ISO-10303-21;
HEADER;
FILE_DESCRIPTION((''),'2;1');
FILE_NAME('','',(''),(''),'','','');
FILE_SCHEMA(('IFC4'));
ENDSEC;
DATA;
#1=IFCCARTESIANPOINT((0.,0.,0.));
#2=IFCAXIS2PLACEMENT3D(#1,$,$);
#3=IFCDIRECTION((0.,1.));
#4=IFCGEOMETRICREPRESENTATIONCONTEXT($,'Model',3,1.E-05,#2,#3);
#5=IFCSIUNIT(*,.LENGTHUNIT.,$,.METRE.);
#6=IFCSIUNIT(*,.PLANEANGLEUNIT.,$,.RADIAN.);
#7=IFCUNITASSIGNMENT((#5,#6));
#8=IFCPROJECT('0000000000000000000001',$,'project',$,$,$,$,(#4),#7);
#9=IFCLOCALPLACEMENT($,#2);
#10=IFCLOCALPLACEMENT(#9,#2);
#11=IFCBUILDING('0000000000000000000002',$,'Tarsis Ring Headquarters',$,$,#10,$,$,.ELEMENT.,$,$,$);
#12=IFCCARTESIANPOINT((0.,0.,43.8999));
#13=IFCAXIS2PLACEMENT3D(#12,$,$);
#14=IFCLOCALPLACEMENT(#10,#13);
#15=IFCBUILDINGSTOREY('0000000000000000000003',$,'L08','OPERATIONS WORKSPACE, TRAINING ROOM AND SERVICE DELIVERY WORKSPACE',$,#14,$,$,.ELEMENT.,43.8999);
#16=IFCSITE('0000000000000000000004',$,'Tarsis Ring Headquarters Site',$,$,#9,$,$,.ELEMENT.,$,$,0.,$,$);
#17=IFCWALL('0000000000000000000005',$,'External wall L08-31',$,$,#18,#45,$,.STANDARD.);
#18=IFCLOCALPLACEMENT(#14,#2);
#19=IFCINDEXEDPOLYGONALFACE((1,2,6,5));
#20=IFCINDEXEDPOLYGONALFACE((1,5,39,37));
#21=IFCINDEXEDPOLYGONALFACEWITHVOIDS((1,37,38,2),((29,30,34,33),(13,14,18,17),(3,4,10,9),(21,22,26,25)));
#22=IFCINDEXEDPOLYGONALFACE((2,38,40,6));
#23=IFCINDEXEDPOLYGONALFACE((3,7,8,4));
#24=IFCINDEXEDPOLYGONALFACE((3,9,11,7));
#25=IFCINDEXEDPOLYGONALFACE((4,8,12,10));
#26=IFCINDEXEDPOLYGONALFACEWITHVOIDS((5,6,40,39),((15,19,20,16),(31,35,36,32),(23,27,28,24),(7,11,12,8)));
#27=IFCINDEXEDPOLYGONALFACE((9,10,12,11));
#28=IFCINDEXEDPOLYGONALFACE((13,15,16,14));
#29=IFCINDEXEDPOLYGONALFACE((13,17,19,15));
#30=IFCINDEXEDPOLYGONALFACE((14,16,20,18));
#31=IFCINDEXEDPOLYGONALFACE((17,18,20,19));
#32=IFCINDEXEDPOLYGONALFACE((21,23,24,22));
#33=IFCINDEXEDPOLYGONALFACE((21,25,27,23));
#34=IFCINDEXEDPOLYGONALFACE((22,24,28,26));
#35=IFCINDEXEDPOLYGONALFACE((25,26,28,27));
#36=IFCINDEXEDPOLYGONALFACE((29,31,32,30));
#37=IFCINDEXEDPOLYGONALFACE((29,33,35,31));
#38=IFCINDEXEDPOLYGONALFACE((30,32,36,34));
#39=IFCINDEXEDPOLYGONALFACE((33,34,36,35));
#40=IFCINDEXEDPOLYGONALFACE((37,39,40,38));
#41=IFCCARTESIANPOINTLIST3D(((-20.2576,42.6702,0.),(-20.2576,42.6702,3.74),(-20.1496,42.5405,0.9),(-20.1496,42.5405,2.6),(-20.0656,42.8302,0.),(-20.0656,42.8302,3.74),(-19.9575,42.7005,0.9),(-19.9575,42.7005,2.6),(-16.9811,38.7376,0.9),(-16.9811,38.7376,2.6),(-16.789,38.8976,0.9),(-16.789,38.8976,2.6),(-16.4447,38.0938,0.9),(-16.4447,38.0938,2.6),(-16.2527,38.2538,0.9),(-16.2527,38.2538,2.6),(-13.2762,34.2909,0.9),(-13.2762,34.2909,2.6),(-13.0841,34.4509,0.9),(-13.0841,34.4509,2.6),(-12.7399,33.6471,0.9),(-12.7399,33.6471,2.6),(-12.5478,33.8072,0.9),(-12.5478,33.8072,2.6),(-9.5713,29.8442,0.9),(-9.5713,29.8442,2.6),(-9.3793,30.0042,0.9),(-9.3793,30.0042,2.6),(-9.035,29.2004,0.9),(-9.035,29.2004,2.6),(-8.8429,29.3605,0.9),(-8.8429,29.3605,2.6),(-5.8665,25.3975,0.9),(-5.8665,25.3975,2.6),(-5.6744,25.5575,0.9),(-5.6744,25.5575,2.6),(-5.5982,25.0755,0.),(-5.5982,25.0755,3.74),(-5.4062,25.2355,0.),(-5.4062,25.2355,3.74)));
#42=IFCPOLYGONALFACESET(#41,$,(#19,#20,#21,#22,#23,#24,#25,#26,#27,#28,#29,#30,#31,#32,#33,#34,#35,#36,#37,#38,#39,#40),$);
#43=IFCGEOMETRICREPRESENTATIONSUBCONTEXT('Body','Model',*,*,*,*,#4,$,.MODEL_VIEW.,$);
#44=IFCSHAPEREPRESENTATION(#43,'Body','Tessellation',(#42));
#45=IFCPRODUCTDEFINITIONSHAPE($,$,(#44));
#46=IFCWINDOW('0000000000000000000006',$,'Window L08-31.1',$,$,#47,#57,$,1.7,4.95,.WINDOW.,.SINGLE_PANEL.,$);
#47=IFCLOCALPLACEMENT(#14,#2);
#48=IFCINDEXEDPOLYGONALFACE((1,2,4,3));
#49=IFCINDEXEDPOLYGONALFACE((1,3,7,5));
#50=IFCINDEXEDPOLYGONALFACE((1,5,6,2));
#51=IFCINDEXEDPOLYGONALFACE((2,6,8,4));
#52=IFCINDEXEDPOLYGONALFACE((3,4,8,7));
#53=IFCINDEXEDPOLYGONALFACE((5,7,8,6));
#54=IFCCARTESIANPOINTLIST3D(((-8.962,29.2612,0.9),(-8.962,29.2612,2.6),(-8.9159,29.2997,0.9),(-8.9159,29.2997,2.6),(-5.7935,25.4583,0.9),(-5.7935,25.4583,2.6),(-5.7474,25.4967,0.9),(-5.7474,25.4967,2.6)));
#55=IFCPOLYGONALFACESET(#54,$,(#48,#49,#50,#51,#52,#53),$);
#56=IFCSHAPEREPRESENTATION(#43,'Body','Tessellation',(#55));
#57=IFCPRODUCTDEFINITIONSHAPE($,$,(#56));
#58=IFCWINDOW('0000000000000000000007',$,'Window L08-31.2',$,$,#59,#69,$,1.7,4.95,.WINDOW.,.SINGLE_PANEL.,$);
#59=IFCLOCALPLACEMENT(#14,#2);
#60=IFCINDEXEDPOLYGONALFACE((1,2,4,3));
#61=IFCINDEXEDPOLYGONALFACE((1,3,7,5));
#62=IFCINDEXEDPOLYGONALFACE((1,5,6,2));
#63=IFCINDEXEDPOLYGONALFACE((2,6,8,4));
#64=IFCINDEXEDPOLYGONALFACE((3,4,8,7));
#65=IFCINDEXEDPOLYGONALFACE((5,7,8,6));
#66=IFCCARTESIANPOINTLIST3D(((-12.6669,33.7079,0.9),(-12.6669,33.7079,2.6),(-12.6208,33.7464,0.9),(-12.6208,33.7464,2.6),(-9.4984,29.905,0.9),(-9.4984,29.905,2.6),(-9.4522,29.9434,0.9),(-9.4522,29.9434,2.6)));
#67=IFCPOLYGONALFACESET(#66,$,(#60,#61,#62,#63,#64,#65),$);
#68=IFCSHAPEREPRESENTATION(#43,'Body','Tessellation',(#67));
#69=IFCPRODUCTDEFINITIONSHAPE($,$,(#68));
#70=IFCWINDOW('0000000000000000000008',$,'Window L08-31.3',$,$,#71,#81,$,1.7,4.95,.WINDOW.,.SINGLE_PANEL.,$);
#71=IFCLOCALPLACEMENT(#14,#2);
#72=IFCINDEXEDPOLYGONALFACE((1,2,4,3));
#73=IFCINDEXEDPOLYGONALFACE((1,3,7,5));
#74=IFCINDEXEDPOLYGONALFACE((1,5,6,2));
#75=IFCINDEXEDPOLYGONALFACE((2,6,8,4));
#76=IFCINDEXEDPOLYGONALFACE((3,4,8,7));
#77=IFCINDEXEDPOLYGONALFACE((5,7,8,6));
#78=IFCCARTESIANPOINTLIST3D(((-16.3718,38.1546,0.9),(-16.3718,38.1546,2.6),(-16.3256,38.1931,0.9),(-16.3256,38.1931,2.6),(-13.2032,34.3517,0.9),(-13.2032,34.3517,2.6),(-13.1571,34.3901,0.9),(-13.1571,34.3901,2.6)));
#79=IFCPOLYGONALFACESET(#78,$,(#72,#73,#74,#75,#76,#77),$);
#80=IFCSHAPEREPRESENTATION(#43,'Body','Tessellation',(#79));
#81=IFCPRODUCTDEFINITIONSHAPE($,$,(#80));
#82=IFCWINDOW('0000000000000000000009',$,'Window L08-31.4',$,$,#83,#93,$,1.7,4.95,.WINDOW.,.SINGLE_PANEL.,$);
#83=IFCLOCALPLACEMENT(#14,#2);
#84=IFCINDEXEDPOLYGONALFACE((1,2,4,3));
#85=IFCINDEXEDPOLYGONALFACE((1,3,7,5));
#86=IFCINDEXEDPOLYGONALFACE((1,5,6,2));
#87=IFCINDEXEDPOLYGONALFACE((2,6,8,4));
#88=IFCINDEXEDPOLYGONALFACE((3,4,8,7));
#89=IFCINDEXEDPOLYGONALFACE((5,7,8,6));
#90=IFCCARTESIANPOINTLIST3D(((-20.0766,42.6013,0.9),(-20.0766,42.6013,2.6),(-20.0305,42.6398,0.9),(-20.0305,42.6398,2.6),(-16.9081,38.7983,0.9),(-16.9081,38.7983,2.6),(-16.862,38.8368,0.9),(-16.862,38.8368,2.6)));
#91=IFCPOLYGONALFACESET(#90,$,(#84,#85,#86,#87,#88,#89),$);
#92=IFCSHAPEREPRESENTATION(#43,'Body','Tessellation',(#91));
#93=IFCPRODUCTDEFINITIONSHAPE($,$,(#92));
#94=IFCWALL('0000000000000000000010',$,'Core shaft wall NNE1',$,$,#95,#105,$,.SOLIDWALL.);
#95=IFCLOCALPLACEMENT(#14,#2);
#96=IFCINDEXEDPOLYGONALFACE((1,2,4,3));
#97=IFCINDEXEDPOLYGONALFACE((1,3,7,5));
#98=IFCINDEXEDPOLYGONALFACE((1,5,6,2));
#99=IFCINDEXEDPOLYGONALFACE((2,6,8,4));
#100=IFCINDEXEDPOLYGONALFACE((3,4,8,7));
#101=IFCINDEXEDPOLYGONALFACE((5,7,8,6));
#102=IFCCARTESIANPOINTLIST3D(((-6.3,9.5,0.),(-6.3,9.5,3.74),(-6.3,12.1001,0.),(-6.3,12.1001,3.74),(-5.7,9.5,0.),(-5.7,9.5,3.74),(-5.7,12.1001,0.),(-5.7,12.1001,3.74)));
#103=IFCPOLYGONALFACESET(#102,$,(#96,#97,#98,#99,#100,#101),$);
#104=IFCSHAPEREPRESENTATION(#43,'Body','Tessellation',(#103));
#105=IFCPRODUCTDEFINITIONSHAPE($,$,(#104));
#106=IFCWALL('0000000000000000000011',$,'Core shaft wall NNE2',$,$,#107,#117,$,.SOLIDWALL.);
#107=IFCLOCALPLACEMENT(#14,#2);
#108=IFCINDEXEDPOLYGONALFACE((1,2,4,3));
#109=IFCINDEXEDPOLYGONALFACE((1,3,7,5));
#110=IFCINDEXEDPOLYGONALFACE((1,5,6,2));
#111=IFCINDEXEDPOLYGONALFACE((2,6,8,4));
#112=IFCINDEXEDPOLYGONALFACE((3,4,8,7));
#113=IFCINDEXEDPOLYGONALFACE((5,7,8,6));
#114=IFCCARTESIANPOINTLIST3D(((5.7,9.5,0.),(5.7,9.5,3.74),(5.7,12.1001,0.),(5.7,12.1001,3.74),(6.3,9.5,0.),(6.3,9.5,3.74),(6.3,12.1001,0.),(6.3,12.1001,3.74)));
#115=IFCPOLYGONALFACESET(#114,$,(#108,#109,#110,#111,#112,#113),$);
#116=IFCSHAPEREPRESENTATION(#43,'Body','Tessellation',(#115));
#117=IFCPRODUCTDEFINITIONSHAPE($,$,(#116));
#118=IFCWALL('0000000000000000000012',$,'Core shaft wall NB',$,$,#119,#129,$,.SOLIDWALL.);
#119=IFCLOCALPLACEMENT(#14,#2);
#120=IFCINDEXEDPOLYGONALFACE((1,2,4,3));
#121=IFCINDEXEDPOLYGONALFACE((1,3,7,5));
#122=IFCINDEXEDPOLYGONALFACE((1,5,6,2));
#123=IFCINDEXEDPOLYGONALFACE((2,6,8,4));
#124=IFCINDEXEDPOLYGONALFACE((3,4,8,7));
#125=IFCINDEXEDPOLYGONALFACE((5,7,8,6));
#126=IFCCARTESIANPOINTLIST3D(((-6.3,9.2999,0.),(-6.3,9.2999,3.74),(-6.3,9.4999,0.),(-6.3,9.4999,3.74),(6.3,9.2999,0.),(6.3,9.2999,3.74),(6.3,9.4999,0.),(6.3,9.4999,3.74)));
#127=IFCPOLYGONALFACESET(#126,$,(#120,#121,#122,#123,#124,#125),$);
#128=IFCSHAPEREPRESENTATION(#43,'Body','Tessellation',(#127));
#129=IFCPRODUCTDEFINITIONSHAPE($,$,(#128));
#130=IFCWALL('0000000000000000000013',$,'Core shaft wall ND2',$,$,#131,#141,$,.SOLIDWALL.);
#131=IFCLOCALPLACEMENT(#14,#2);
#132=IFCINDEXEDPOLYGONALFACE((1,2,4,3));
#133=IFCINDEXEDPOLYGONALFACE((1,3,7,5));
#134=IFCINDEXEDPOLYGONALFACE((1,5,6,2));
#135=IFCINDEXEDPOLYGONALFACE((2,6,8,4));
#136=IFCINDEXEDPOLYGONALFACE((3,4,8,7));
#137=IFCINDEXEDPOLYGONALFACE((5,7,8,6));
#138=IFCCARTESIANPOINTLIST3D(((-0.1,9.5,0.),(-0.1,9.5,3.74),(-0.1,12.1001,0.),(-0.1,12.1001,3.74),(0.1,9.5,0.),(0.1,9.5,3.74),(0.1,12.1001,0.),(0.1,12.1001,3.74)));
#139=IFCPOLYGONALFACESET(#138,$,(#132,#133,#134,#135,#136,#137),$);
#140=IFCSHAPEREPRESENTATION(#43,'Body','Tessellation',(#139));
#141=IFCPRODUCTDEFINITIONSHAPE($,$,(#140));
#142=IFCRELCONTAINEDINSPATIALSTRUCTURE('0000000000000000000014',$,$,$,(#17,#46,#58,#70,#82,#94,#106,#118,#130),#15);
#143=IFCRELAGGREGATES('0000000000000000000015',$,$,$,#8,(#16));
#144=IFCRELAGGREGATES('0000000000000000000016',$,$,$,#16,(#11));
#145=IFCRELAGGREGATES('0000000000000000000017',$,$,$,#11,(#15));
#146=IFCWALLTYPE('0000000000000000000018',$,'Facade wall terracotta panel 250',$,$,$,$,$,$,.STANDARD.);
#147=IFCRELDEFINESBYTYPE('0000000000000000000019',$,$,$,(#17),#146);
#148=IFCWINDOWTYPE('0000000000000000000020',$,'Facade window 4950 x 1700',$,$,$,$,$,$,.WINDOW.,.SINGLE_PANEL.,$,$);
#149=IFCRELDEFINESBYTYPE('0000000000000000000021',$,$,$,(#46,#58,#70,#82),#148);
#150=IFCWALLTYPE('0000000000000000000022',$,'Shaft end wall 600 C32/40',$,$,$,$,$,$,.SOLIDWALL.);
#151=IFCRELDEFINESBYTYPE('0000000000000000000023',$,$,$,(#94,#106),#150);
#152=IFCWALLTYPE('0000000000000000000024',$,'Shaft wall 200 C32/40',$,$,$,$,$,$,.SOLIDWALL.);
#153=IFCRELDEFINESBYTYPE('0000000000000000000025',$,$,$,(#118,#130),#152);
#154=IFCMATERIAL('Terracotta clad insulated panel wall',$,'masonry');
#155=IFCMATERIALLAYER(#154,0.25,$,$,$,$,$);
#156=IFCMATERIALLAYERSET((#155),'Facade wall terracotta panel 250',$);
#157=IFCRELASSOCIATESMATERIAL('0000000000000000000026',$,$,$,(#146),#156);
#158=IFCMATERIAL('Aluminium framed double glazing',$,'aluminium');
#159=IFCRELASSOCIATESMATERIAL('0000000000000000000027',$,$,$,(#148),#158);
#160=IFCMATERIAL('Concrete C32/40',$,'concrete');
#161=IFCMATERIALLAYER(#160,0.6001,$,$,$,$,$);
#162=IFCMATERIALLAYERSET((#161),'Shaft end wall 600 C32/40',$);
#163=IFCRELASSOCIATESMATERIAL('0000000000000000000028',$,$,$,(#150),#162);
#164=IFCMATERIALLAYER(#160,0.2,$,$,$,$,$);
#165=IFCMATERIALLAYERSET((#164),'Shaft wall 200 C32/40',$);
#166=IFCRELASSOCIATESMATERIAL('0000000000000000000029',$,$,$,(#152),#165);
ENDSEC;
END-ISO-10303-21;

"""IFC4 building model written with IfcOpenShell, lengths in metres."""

from ifc_helpers import new_model, si_unit, direction, frame, frame_2d, origin, place, context, subcontext, project, spatial, rectangle, extrude, material, layer, layer_set, type_object, element, fill, save


model = new_model("IFC4")

# Units and contexts
model_context = context("Model", 3, precision=1e-05, world=origin(), true_north=direction((0.0, 1.0)))
body_context = subcontext(model_context, "Body", "Model", "MODEL_VIEW")
ifc_project = project(units=[si_unit("LENGTHUNIT", "METRE"), si_unit("PLANEANGLEUNIT", "RADIAN")], contexts=[model_context])

# Site, building, storey
site_placement = place(None, origin())
site = spatial("IfcSite", under=ifc_project, at=site_placement, Name="Tarsis Ring Headquarters Site", CompositionType="ELEMENT", RefElevation=0.0)
building_placement = place(site_placement, origin())
building = spatial("IfcBuilding", under=site, at=building_placement, Name="Tarsis Ring Headquarters", CompositionType="ELEMENT")
storey_placement = place(building_placement, frame((0.0, 0.0, 43.8999)))
storey = spatial("IfcBuildingStorey", under=building, at=storey_placement, Name="L08", Description="OPERATIONS WORKSPACE, TRAINING ROOM AND SERVICE DELIVERY WORKSPACE", CompositionType="ELEMENT", Elevation=43.8999)

# Shared definitions
ifc_material_1 = material(Name="Terracotta clad insulated panel wall", Category="masonry")
ifc_layer_1 = layer(ifc_material_1, 0.25)
ifc_layer_set_1 = layer_set([ifc_layer_1], Name="Facade wall terracotta panel 250")
wall_type_1 = type_object("IfcWallType", Name="Facade wall terracotta panel 250", PredefinedType="STANDARD", material=ifc_layer_set_1)
ifc_material_2 = material(Name="Aluminium framed double glazing", Category="aluminium")

# Wall, openings, windows
wall_1_placement = place(storey_placement, frame((-5.5022, 25.1555, 0.0), z_axis=(0.0, 0.0, 1.0), x_axis=(-0.640111, 0.768282, 0.0)))
wall_1 = element("IfcWall", 1, at=wall_1_placement, inside=storey, type_object=wall_type_1, Name="External wall L08-31", PredefinedType="STANDARD", context=body_context, shape_type="SweptSolid", body=[
    extrude(rectangle(XDim=22.9014, YDim=0.25, at=frame_2d((11.4507, 0.0))), origin(), (0.0, 0.0, 1.0), 3.74),
])
opening_1_placement = place(wall_1_placement, frame((0.4189, 0.0, 0.8999)))
opening_1 = element("IfcOpeningElement", 2, at=opening_1_placement, cuts=wall_1, PredefinedType="OPENING", context=body_context, shape_type="SweptSolid", body=[
    extrude(rectangle(XDim=4.95, YDim=1.7, at=frame_2d((2.4751, 0.8501))), frame((0.0, 0.135, 0.0), z_axis=(0.0, -1.0, 0.0), x_axis=(1.0, 0.0, 0.0)), (0.0, 0.0, 1.0), 0.27),
])
opening_2_placement = place(wall_1_placement, frame((6.2068, 0.0, 0.8999)))
opening_2 = element("IfcOpeningElement", 3, at=opening_2_placement, cuts=wall_1, PredefinedType="OPENING", context=body_context, shape_type="SweptSolid", body=[
    extrude(rectangle(XDim=4.95, YDim=1.7, at=frame_2d((2.4751, 0.8501))), frame((0.0, 0.135, 0.0), z_axis=(0.0, -1.0, 0.0), x_axis=(1.0, 0.0, 0.0)), (0.0, 0.0, 1.0), 0.27),
])
opening_3_placement = place(wall_1_placement, frame((11.9946, 0.0, 0.8999)))
opening_3 = element("IfcOpeningElement", 4, at=opening_3_placement, cuts=wall_1, PredefinedType="OPENING", context=body_context, shape_type="SweptSolid", body=[
    extrude(rectangle(XDim=4.95, YDim=1.7, at=frame_2d((2.4751, 0.8501))), frame((0.0, 0.135, 0.0), z_axis=(0.0, -1.0, 0.0), x_axis=(1.0, 0.0, 0.0)), (0.0, 0.0, 1.0), 0.27),
])
opening_4_placement = place(wall_1_placement, frame((17.7825, 0.0, 0.8999)))
opening_4 = element("IfcOpeningElement", 5, at=opening_4_placement, cuts=wall_1, PredefinedType="OPENING", context=body_context, shape_type="SweptSolid", body=[
    extrude(rectangle(XDim=4.95, YDim=1.7, at=frame_2d((2.4751, 0.8501))), frame((0.0, 0.135, 0.0), z_axis=(0.0, -1.0, 0.0), x_axis=(1.0, 0.0, 0.0)), (0.0, 0.0, 1.0), 0.27),
])
window_type_1 = type_object("IfcWindowType", Name="Facade window 4950 x 1700", PartitioningType="SINGLE_PANEL", PredefinedType="WINDOW", material=ifc_material_2)
window_1_placement = place(opening_1_placement, origin())
window_1 = element("IfcWindow", 6, at=window_1_placement, inside=storey, type_object=window_type_1, Name="Window L08-31.1", OverallHeight=1.7, OverallWidth=4.95, PartitioningType="SINGLE_PANEL", PredefinedType="WINDOW", context=body_context, shape_type="SweptSolid", body=[
    extrude(rectangle(XDim=4.95, YDim=1.7, at=frame_2d((2.4751, 0.8501))), frame((0.0, 0.03, 0.0), z_axis=(0.0, -1.0, 0.0), x_axis=(1.0, 0.0, 0.0)), (0.0, 0.0, 1.0), 0.0601),
])
fill(opening_1, window_1)
window_2_placement = place(opening_2_placement, origin())
window_2 = element("IfcWindow", 7, at=window_2_placement, inside=storey, type_object=window_type_1, Name="Window L08-31.2", OverallHeight=1.7, OverallWidth=4.95, PartitioningType="SINGLE_PANEL", PredefinedType="WINDOW", context=body_context, shape_type="SweptSolid", body=[
    extrude(rectangle(XDim=4.95, YDim=1.7, at=frame_2d((2.4751, 0.8501))), frame((0.0, 0.03, 0.0), z_axis=(0.0, -1.0, 0.0), x_axis=(1.0, 0.0, 0.0)), (0.0, 0.0, 1.0), 0.0601),
])
fill(opening_2, window_2)
window_3_placement = place(opening_3_placement, origin())
window_3 = element("IfcWindow", 8, at=window_3_placement, inside=storey, type_object=window_type_1, Name="Window L08-31.3", OverallHeight=1.7, OverallWidth=4.95, PartitioningType="SINGLE_PANEL", PredefinedType="WINDOW", context=body_context, shape_type="SweptSolid", body=[
    extrude(rectangle(XDim=4.95, YDim=1.7, at=frame_2d((2.4751, 0.8501))), frame((0.0, 0.03, 0.0), z_axis=(0.0, -1.0, 0.0), x_axis=(1.0, 0.0, 0.0)), (0.0, 0.0, 1.0), 0.0601),
])
fill(opening_3, window_3)
window_4_placement = place(opening_4_placement, origin())
window_4 = element("IfcWindow", 9, at=window_4_placement, inside=storey, type_object=window_type_1, Name="Window L08-31.4", OverallHeight=1.7, OverallWidth=4.95, PartitioningType="SINGLE_PANEL", PredefinedType="WINDOW", context=body_context, shape_type="SweptSolid", body=[
    extrude(rectangle(XDim=4.95, YDim=1.7, at=frame_2d((2.4751, 0.8501))), frame((0.0, 0.03, 0.0), z_axis=(0.0, -1.0, 0.0), x_axis=(1.0, 0.0, 0.0)), (0.0, 0.0, 1.0), 0.0601),
])
fill(opening_4, window_4)

# Walls
ifc_material_3 = material(Name="Concrete C32/40", Category="concrete")
ifc_layer_2 = layer(ifc_material_3, 0.6001)
ifc_layer_set_2 = layer_set([ifc_layer_2], Name="Shaft end wall 600 C32/40")
wall_type_2 = type_object("IfcWallType", Name="Shaft end wall 600 C32/40", PredefinedType="SOLIDWALL", material=ifc_layer_set_2)
for number, where, z_axis, x_axis, name in (
    (10, (-6.0, 9.5, 0.0), (0.0, 0.0, 1.0), (0.0, 1.0, 0.0), "Core shaft wall NNE1"),
    (11, (6.0, 9.5, 0.0), (0.0, 0.0, 1.0), (0.0, 1.0, 0.0), "Core shaft wall NNE2"),
):
    element("IfcWall", number, at=place(storey_placement, frame(where, z_axis=z_axis, x_axis=x_axis)), inside=storey, type_object=wall_type_2, Name=name, PredefinedType="SOLIDWALL", context=body_context, shape_type="SweptSolid", body=[
        extrude(rectangle(XDim=2.6001, YDim=0.6001, at=frame_2d((1.3, 0.0))), origin(), (0.0, 0.0, 1.0), 3.74),
    ])
ifc_layer_3 = layer(ifc_material_3, 0.2)
ifc_layer_set_3 = layer_set([ifc_layer_3], Name="Shaft wall 200 C32/40")
wall_type_3 = type_object("IfcWallType", Name="Shaft wall 200 C32/40", PredefinedType="SOLIDWALL", material=ifc_layer_set_3)
wall_2_placement = place(storey_placement, frame((-6.3, 9.3999, 0.0), z_axis=(0.0, 0.0, 1.0), x_axis=(1.0, 0.0, 0.0)))
element("IfcWall", 12, at=wall_2_placement, inside=storey, type_object=wall_type_3, Name="Core shaft wall NB", PredefinedType="SOLIDWALL", context=body_context, shape_type="SweptSolid", body=[
    extrude(rectangle(XDim=12.6001, YDim=0.2, at=frame_2d((6.3, 0.0))), origin(), (0.0, 0.0, 1.0), 3.74),
])
wall_3_placement = place(storey_placement, frame((0.0, 9.5, 0.0), z_axis=(0.0, 0.0, 1.0), x_axis=(0.0, 1.0, 0.0)))
element("IfcWall", 13, at=wall_3_placement, inside=storey, type_object=wall_type_3, Name="Core shaft wall ND2", PredefinedType="SOLIDWALL", context=body_context, shape_type="SweptSolid", body=[
    extrude(rectangle(XDim=2.6001, YDim=0.2, at=frame_2d((1.3, 0.0))), origin(), (0.0, 0.0, 1.0), 3.74),
])

save(model, "model.ifc")
